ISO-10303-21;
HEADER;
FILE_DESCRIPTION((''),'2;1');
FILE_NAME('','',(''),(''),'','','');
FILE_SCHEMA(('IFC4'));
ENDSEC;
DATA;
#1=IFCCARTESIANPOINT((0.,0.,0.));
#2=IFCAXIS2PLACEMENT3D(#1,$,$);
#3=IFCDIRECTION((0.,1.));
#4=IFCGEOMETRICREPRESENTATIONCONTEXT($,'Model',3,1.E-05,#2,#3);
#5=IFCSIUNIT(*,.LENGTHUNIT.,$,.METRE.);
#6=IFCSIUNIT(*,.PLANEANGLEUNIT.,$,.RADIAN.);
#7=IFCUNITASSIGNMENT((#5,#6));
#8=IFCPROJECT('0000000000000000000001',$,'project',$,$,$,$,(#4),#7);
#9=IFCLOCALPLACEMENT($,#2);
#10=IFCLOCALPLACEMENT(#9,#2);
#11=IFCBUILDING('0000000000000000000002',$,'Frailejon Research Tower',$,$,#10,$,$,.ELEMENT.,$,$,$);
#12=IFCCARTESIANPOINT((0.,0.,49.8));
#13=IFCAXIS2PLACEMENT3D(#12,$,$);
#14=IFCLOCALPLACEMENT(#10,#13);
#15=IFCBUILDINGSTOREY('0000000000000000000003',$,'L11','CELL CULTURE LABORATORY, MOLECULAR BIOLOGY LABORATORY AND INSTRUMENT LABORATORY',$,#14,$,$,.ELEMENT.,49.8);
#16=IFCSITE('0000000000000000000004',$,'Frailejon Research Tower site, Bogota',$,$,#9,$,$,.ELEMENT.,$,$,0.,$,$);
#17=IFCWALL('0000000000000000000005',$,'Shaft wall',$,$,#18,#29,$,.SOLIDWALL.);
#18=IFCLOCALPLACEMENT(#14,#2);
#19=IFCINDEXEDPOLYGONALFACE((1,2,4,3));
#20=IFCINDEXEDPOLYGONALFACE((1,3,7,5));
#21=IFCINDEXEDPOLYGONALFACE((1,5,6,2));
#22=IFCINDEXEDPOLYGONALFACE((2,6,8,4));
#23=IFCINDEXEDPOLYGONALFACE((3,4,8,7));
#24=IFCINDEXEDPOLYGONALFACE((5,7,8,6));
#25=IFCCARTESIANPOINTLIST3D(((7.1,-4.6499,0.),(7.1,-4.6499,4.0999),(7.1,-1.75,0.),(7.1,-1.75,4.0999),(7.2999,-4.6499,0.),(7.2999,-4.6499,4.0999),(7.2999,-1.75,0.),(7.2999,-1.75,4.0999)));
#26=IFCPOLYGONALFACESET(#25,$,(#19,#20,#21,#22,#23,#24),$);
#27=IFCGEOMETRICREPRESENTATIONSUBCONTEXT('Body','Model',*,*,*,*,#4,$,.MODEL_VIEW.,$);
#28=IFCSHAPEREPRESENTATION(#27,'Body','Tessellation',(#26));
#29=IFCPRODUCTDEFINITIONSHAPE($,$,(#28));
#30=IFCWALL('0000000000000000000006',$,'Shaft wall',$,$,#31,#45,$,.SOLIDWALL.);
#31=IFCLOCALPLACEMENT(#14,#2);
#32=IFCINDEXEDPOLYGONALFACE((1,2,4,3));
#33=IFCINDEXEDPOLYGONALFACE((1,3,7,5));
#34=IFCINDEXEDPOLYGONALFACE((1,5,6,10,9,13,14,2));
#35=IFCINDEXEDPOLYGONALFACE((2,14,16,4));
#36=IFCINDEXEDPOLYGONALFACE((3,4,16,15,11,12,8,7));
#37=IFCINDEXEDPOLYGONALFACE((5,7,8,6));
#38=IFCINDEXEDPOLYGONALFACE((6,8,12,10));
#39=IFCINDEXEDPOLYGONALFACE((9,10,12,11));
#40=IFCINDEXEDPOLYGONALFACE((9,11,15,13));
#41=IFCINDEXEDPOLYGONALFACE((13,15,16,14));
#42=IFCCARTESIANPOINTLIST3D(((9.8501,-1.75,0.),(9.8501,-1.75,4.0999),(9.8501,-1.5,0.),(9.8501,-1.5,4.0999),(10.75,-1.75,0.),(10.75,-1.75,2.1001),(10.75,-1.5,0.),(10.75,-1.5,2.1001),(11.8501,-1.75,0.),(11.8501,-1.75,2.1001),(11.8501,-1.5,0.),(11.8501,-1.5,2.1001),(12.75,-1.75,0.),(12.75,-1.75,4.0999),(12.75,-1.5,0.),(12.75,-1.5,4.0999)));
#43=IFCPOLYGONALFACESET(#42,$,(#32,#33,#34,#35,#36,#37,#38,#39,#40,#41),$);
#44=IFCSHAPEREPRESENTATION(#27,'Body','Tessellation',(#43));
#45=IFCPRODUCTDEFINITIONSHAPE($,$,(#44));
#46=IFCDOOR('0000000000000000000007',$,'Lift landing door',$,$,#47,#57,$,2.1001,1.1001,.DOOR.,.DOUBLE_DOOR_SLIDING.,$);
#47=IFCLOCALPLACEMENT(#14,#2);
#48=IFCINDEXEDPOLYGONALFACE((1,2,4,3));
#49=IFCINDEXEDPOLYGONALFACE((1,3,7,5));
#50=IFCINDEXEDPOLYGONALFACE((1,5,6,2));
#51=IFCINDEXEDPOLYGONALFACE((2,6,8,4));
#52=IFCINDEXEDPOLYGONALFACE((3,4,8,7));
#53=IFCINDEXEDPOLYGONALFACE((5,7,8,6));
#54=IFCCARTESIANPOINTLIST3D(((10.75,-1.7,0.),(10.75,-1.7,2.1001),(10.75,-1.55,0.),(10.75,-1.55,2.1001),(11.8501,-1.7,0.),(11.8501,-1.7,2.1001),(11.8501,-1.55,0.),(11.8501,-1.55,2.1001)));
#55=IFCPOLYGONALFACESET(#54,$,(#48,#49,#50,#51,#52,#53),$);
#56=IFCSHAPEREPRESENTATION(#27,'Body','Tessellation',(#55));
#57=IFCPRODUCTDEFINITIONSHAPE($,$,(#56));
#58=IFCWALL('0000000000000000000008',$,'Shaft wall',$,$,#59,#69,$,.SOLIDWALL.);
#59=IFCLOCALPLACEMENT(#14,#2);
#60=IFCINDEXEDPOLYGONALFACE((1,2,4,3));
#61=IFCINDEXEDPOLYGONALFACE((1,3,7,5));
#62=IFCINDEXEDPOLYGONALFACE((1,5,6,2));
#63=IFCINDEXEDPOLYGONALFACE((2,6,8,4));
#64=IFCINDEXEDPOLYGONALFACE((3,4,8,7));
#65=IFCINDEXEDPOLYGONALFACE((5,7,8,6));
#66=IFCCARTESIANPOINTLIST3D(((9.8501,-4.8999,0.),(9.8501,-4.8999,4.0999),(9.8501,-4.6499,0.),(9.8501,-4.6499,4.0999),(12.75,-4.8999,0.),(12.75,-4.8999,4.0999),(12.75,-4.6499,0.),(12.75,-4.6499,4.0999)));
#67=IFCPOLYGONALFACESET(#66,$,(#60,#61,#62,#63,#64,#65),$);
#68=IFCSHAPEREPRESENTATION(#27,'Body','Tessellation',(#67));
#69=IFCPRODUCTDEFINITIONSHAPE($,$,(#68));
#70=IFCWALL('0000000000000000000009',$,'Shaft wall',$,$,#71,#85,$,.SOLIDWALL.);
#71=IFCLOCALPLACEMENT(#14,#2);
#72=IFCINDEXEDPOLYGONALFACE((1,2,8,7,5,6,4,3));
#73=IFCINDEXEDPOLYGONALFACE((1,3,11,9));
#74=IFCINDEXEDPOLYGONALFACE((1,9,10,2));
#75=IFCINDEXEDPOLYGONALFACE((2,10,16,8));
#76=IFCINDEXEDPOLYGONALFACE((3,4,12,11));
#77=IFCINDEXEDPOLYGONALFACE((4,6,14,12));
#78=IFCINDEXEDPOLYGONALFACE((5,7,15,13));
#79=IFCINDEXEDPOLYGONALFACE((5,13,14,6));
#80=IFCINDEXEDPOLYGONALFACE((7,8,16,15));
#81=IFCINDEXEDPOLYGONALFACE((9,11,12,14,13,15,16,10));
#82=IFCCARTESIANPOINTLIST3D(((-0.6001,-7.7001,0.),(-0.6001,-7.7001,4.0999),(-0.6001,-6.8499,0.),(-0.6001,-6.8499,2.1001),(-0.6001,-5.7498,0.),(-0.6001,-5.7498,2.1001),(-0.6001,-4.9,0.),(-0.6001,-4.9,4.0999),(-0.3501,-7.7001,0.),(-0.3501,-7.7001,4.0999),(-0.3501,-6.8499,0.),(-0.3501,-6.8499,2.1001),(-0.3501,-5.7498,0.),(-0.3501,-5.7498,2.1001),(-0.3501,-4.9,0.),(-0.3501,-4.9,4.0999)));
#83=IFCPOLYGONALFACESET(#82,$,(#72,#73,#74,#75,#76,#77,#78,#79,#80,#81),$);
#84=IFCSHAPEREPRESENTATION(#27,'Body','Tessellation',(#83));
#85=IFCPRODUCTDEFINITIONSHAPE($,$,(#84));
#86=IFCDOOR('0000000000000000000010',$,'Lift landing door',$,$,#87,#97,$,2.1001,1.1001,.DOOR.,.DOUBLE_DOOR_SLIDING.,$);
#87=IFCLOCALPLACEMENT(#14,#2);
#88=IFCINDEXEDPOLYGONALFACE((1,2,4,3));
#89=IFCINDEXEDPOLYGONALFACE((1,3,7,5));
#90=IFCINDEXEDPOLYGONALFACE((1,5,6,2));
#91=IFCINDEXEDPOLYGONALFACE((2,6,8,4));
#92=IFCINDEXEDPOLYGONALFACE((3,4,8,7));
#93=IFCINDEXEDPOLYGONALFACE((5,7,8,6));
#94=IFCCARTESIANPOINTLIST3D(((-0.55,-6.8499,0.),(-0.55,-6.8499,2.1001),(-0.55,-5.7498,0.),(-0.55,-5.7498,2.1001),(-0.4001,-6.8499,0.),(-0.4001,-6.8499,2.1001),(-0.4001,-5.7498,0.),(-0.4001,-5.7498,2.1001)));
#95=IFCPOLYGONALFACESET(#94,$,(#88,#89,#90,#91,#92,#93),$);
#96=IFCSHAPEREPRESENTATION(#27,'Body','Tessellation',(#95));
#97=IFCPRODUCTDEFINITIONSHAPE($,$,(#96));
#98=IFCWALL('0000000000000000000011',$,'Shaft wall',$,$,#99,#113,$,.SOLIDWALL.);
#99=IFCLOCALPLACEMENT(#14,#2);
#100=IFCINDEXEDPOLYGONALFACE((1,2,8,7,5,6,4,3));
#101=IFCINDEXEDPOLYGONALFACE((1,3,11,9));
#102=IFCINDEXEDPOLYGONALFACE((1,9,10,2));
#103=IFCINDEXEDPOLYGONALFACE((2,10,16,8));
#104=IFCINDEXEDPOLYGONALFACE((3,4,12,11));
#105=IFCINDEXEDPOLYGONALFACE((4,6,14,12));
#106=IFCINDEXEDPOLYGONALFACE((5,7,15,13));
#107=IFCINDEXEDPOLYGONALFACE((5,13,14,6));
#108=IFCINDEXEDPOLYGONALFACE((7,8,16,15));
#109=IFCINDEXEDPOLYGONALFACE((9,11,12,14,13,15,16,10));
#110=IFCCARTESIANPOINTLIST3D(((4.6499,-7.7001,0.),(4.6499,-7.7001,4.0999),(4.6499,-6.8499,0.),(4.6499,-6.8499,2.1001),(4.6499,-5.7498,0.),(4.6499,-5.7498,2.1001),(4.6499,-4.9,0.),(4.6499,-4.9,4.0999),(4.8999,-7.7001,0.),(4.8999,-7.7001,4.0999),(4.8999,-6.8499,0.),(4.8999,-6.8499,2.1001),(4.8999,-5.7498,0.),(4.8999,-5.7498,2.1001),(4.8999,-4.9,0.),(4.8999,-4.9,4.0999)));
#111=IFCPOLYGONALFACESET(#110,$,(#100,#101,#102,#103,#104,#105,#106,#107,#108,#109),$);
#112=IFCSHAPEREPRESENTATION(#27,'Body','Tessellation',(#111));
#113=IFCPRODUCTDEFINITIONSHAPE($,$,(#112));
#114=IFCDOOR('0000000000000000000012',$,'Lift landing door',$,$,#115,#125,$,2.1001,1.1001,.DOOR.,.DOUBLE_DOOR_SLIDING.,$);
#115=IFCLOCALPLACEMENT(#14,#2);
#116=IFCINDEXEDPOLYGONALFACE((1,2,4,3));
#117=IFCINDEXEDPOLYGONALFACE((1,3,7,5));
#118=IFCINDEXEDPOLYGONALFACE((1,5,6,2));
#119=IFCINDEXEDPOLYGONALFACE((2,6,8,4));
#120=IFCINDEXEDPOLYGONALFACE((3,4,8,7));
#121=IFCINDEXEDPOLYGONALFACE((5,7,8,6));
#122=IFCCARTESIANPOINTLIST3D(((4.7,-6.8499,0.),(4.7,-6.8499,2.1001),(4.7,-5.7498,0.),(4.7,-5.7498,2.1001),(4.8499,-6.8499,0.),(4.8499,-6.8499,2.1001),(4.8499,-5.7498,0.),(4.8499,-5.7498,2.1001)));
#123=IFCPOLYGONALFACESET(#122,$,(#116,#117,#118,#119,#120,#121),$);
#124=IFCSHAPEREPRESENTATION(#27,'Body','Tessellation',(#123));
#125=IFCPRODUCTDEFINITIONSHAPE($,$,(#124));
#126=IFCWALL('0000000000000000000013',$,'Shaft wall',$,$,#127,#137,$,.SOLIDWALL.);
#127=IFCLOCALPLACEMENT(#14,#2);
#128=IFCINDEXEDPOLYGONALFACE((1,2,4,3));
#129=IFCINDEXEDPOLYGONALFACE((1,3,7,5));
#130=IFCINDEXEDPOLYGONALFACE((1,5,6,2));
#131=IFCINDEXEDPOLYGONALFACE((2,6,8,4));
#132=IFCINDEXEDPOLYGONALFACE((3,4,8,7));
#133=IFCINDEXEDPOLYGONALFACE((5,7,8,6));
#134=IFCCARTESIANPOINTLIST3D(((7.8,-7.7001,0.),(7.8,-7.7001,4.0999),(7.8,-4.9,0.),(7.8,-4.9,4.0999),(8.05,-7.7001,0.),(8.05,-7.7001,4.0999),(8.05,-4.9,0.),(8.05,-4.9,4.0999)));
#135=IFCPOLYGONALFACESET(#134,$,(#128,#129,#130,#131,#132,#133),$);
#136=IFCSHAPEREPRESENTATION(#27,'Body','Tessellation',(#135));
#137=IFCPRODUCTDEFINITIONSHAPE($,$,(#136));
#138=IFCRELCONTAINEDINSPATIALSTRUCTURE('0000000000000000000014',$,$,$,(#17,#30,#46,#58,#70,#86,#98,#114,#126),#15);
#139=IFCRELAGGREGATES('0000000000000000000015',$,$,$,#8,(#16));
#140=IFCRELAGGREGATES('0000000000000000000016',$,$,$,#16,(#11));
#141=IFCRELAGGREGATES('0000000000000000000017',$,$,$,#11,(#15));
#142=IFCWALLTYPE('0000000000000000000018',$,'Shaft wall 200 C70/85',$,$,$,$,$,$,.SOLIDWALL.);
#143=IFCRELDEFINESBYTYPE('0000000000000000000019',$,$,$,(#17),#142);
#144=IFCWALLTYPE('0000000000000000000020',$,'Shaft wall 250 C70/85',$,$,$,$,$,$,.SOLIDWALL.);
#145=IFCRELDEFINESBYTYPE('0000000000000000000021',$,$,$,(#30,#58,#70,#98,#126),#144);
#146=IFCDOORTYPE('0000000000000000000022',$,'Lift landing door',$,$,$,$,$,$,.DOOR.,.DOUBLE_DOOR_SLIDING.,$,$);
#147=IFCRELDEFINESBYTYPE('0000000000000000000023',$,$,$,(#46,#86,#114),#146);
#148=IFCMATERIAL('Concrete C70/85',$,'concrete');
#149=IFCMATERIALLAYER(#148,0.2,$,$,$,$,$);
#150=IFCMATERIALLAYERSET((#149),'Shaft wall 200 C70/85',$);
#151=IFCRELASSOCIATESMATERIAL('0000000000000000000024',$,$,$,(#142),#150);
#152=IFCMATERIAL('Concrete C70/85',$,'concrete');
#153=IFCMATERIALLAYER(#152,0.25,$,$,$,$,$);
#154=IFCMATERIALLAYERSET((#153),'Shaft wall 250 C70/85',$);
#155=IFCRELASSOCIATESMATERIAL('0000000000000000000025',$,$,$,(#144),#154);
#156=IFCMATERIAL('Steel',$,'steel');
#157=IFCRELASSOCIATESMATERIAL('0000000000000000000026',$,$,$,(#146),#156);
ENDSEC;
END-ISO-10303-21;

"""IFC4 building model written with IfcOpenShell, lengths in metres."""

from ifc_helpers import new_model, si_unit, direction, frame, frame_2d, origin, place, context, subcontext, project, spatial, rectangle, extrude, material, layer, layer_set, type_object, element, fill, save


model = new_model("IFC4")

# Units and contexts
model_context = context("Model", 3, precision=1e-05, world=origin(), true_north=direction((0.0, 1.0)))
body_context = subcontext(model_context, "Body", "Model", "MODEL_VIEW")
ifc_project = project(units=[si_unit("LENGTHUNIT", "METRE"), si_unit("PLANEANGLEUNIT", "RADIAN")], contexts=[model_context])

# Site, building, storey
site_placement = place(None, origin())
site = spatial("IfcSite", under=ifc_project, at=site_placement, Name="Frailejon Research Tower site, Bogota", CompositionType="ELEMENT", RefElevation=0.0)
building_placement = place(site_placement, origin())
building = spatial("IfcBuilding", under=site, at=building_placement, Name="Frailejon Research Tower", CompositionType="ELEMENT")
storey_placement = place(building_placement, frame((0.0, 0.0, 49.8)))
storey = spatial("IfcBuildingStorey", under=building, at=storey_placement, Name="L11", Description="CELL CULTURE LABORATORY, MOLECULAR BIOLOGY LABORATORY AND INSTRUMENT LABORATORY", CompositionType="ELEMENT", Elevation=49.8)

# Wall
ifc_material_1 = material(Name="Concrete C70/85", Category="concrete")
ifc_layer_1 = layer(ifc_material_1, 0.2)
ifc_layer_set_1 = layer_set([ifc_layer_1], Name="Shaft wall 200 C70/85")
wall_type_1 = type_object("IfcWallType", Name="Shaft wall 200 C70/85", PredefinedType="SOLIDWALL", material=ifc_layer_set_1)
for number, where, z_axis, x_axis, name in (
    (1, (7.2, -4.6499, 0.0), (0.0, 0.0, 1.0), (0.0, 1.0, 0.0), "Shaft wall"),
):
    element("IfcWall", number, at=place(storey_placement, frame(where, z_axis=z_axis, x_axis=x_axis)), inside=storey, type_object=wall_type_1, Name=name, PredefinedType="SOLIDWALL", context=body_context, shape_type="SweptSolid", body=[
        extrude(rectangle(XDim=2.8999, YDim=0.2, at=frame_2d((1.45, 0.0))), origin(), (0.0, 0.0, 1.0), 4.0999),
    ])

# Wall, opening, door
ifc_material_2 = material(Name="Concrete C70/85", Category="concrete")
ifc_layer_2 = layer(ifc_material_2, 0.25)
ifc_layer_set_2 = layer_set([ifc_layer_2], Name="Shaft wall 250 C70/85")
wall_type_2 = type_object("IfcWallType", Name="Shaft wall 250 C70/85", PredefinedType="SOLIDWALL", material=ifc_layer_set_2)
wall_1_placement = place(storey_placement, frame((9.8501, -1.625, 0.0), z_axis=(0.0, 0.0, 1.0), x_axis=(1.0, 0.0, 0.0)))
wall_1 = element("IfcWall", 2, at=wall_1_placement, inside=storey, type_object=wall_type_2, Name="Shaft wall", PredefinedType="SOLIDWALL", context=body_context, shape_type="SweptSolid", body=[
    extrude(rectangle(XDim=2.8999, YDim=0.25, at=frame_2d((1.45, 0.0))), origin(), (0.0, 0.0, 1.0), 4.0999),
])
opening_1_placement = place(wall_1_placement, frame((0.8999, 0.0, 0.0)))
opening_1 = element("IfcOpeningElement", 3, at=opening_1_placement, cuts=wall_1, PredefinedType="OPENING", context=body_context, shape_type="SweptSolid", body=[
    extrude(rectangle(XDim=1.1001, YDim=2.1001, at=frame_2d((0.55, 1.05))), frame((0.0, 0.135, 0.0), z_axis=(0.0, -1.0, 0.0), x_axis=(1.0, 0.0, 0.0)), (0.0, 0.0, 1.0), 0.27),
])
ifc_material_3 = material(Name="Steel", Category="steel")
door_type_1 = type_object("IfcDoorType", Name="Lift landing door", OperationType="DOUBLE_DOOR_SLIDING", PredefinedType="DOOR", material=ifc_material_3)
door_1_placement = place(opening_1_placement, origin())
door_1 = element("IfcDoor", 4, at=door_1_placement, inside=storey, type_object=door_type_1, Name="Lift landing door", OperationType="DOUBLE_DOOR_SLIDING", OverallHeight=2.1001, OverallWidth=1.1001, PredefinedType="DOOR", context=body_context, shape_type="SweptSolid", body=[
    extrude(rectangle(XDim=1.1001, YDim=2.1001, at=frame_2d((0.55, 1.05))), frame((0.0, 0.075, 0.0), z_axis=(0.0, -1.0, 0.0), x_axis=(1.0, 0.0, 0.0)), (0.0, 0.0, 1.0), 0.1499),
])
fill(opening_1, door_1)

# Wall
wall_2_placement = place(storey_placement, frame((9.8501, -4.7749, 0.0), z_axis=(0.0, 0.0, 1.0), x_axis=(1.0, 0.0, 0.0)))
element("IfcWall", 5, at=wall_2_placement, inside=storey, type_object=wall_type_2, Name="Shaft wall", PredefinedType="SOLIDWALL", context=body_context, shape_type="SweptSolid", body=[
    extrude(rectangle(XDim=2.8999, YDim=0.25, at=frame_2d((1.45, 0.0))), origin(), (0.0, 0.0, 1.0), 4.0999),
])

# Walls, openings, doors
wall_3_placement = place(storey_placement, frame((-0.4751, -7.7, 0.0), z_axis=(0.0, 0.0, 1.0), x_axis=(0.0, 1.0, 0.0)))
wall_3 = element("IfcWall", 6, at=wall_3_placement, inside=storey, type_object=wall_type_2, Name="Shaft wall", PredefinedType="SOLIDWALL", context=body_context, shape_type="SweptSolid", body=[
    extrude(rectangle(XDim=2.8, YDim=0.25, at=frame_2d((1.3999, 0.0))), origin(), (0.0, 0.0, 1.0), 4.0999),
])
opening_2_placement = place(wall_3_placement, frame((0.8501, 0.0, 0.0)))
opening_2 = element("IfcOpeningElement", 7, at=opening_2_placement, cuts=wall_3, PredefinedType="OPENING", context=body_context, shape_type="SweptSolid", body=[
    extrude(rectangle(XDim=1.1001, YDim=2.1001, at=frame_2d((0.55, 1.05))), frame((0.0, 0.135, 0.0), z_axis=(0.0, -1.0, 0.0), x_axis=(1.0, 0.0, 0.0)), (0.0, 0.0, 1.0), 0.27),
])
door_2_placement = place(opening_2_placement, origin())
door_2 = element("IfcDoor", 8, at=door_2_placement, inside=storey, type_object=door_type_1, Name="Lift landing door", OperationType="DOUBLE_DOOR_SLIDING", OverallHeight=2.1001, OverallWidth=1.1001, PredefinedType="DOOR", context=body_context, shape_type="SweptSolid", body=[
    extrude(rectangle(XDim=1.1001, YDim=2.1001, at=frame_2d((0.55, 1.05))), frame((0.0, 0.075, 0.0), z_axis=(0.0, -1.0, 0.0), x_axis=(1.0, 0.0, 0.0)), (0.0, 0.0, 1.0), 0.1499),
])
fill(opening_2, door_2)
wall_4_placement = place(storey_placement, frame((4.7749, -7.7, 0.0), z_axis=(0.0, 0.0, 1.0), x_axis=(0.0, 1.0, 0.0)))
wall_4 = element("IfcWall", 9, at=wall_4_placement, inside=storey, type_object=wall_type_2, Name="Shaft wall", PredefinedType="SOLIDWALL", context=body_context, shape_type="SweptSolid", body=[
    extrude(rectangle(XDim=2.8, YDim=0.25, at=frame_2d((1.3999, 0.0))), origin(), (0.0, 0.0, 1.0), 4.0999),
])
opening_3_placement = place(wall_4_placement, frame((0.8501, 0.0, 0.0)))
opening_3 = element("IfcOpeningElement", 10, at=opening_3_placement, cuts=wall_4, PredefinedType="OPENING", context=body_context, shape_type="SweptSolid", body=[
    extrude(rectangle(XDim=1.1001, YDim=2.1001, at=frame_2d((0.55, 1.05))), frame((0.0, 0.135, 0.0), z_axis=(0.0, -1.0, 0.0), x_axis=(1.0, 0.0, 0.0)), (0.0, 0.0, 1.0), 0.27),
])
door_3_placement = place(opening_3_placement, origin())
door_3 = element("IfcDoor", 11, at=door_3_placement, inside=storey, type_object=door_type_1, Name="Lift landing door", OperationType="DOUBLE_DOOR_SLIDING", OverallHeight=2.1001, OverallWidth=1.1001, PredefinedType="DOOR", context=body_context, shape_type="SweptSolid", body=[
    extrude(rectangle(XDim=1.1001, YDim=2.1001, at=frame_2d((0.55, 1.05))), frame((0.0, 0.075, 0.0), z_axis=(0.0, -1.0, 0.0), x_axis=(1.0, 0.0, 0.0)), (0.0, 0.0, 1.0), 0.1499),
])
fill(opening_3, door_3)

# Wall
wall_5_placement = place(storey_placement, frame((7.925, -7.7, 0.0), z_axis=(0.0, 0.0, 1.0), x_axis=(0.0, 1.0, 0.0)))
element("IfcWall", 12, at=wall_5_placement, inside=storey, type_object=wall_type_2, Name="Shaft wall", PredefinedType="SOLIDWALL", context=body_context, shape_type="SweptSolid", body=[
    extrude(rectangle(XDim=2.8, YDim=0.25, at=frame_2d((1.3999, 0.0))), origin(), (0.0, 0.0, 1.0), 4.0999),
])

save(model, "model.ifc")
